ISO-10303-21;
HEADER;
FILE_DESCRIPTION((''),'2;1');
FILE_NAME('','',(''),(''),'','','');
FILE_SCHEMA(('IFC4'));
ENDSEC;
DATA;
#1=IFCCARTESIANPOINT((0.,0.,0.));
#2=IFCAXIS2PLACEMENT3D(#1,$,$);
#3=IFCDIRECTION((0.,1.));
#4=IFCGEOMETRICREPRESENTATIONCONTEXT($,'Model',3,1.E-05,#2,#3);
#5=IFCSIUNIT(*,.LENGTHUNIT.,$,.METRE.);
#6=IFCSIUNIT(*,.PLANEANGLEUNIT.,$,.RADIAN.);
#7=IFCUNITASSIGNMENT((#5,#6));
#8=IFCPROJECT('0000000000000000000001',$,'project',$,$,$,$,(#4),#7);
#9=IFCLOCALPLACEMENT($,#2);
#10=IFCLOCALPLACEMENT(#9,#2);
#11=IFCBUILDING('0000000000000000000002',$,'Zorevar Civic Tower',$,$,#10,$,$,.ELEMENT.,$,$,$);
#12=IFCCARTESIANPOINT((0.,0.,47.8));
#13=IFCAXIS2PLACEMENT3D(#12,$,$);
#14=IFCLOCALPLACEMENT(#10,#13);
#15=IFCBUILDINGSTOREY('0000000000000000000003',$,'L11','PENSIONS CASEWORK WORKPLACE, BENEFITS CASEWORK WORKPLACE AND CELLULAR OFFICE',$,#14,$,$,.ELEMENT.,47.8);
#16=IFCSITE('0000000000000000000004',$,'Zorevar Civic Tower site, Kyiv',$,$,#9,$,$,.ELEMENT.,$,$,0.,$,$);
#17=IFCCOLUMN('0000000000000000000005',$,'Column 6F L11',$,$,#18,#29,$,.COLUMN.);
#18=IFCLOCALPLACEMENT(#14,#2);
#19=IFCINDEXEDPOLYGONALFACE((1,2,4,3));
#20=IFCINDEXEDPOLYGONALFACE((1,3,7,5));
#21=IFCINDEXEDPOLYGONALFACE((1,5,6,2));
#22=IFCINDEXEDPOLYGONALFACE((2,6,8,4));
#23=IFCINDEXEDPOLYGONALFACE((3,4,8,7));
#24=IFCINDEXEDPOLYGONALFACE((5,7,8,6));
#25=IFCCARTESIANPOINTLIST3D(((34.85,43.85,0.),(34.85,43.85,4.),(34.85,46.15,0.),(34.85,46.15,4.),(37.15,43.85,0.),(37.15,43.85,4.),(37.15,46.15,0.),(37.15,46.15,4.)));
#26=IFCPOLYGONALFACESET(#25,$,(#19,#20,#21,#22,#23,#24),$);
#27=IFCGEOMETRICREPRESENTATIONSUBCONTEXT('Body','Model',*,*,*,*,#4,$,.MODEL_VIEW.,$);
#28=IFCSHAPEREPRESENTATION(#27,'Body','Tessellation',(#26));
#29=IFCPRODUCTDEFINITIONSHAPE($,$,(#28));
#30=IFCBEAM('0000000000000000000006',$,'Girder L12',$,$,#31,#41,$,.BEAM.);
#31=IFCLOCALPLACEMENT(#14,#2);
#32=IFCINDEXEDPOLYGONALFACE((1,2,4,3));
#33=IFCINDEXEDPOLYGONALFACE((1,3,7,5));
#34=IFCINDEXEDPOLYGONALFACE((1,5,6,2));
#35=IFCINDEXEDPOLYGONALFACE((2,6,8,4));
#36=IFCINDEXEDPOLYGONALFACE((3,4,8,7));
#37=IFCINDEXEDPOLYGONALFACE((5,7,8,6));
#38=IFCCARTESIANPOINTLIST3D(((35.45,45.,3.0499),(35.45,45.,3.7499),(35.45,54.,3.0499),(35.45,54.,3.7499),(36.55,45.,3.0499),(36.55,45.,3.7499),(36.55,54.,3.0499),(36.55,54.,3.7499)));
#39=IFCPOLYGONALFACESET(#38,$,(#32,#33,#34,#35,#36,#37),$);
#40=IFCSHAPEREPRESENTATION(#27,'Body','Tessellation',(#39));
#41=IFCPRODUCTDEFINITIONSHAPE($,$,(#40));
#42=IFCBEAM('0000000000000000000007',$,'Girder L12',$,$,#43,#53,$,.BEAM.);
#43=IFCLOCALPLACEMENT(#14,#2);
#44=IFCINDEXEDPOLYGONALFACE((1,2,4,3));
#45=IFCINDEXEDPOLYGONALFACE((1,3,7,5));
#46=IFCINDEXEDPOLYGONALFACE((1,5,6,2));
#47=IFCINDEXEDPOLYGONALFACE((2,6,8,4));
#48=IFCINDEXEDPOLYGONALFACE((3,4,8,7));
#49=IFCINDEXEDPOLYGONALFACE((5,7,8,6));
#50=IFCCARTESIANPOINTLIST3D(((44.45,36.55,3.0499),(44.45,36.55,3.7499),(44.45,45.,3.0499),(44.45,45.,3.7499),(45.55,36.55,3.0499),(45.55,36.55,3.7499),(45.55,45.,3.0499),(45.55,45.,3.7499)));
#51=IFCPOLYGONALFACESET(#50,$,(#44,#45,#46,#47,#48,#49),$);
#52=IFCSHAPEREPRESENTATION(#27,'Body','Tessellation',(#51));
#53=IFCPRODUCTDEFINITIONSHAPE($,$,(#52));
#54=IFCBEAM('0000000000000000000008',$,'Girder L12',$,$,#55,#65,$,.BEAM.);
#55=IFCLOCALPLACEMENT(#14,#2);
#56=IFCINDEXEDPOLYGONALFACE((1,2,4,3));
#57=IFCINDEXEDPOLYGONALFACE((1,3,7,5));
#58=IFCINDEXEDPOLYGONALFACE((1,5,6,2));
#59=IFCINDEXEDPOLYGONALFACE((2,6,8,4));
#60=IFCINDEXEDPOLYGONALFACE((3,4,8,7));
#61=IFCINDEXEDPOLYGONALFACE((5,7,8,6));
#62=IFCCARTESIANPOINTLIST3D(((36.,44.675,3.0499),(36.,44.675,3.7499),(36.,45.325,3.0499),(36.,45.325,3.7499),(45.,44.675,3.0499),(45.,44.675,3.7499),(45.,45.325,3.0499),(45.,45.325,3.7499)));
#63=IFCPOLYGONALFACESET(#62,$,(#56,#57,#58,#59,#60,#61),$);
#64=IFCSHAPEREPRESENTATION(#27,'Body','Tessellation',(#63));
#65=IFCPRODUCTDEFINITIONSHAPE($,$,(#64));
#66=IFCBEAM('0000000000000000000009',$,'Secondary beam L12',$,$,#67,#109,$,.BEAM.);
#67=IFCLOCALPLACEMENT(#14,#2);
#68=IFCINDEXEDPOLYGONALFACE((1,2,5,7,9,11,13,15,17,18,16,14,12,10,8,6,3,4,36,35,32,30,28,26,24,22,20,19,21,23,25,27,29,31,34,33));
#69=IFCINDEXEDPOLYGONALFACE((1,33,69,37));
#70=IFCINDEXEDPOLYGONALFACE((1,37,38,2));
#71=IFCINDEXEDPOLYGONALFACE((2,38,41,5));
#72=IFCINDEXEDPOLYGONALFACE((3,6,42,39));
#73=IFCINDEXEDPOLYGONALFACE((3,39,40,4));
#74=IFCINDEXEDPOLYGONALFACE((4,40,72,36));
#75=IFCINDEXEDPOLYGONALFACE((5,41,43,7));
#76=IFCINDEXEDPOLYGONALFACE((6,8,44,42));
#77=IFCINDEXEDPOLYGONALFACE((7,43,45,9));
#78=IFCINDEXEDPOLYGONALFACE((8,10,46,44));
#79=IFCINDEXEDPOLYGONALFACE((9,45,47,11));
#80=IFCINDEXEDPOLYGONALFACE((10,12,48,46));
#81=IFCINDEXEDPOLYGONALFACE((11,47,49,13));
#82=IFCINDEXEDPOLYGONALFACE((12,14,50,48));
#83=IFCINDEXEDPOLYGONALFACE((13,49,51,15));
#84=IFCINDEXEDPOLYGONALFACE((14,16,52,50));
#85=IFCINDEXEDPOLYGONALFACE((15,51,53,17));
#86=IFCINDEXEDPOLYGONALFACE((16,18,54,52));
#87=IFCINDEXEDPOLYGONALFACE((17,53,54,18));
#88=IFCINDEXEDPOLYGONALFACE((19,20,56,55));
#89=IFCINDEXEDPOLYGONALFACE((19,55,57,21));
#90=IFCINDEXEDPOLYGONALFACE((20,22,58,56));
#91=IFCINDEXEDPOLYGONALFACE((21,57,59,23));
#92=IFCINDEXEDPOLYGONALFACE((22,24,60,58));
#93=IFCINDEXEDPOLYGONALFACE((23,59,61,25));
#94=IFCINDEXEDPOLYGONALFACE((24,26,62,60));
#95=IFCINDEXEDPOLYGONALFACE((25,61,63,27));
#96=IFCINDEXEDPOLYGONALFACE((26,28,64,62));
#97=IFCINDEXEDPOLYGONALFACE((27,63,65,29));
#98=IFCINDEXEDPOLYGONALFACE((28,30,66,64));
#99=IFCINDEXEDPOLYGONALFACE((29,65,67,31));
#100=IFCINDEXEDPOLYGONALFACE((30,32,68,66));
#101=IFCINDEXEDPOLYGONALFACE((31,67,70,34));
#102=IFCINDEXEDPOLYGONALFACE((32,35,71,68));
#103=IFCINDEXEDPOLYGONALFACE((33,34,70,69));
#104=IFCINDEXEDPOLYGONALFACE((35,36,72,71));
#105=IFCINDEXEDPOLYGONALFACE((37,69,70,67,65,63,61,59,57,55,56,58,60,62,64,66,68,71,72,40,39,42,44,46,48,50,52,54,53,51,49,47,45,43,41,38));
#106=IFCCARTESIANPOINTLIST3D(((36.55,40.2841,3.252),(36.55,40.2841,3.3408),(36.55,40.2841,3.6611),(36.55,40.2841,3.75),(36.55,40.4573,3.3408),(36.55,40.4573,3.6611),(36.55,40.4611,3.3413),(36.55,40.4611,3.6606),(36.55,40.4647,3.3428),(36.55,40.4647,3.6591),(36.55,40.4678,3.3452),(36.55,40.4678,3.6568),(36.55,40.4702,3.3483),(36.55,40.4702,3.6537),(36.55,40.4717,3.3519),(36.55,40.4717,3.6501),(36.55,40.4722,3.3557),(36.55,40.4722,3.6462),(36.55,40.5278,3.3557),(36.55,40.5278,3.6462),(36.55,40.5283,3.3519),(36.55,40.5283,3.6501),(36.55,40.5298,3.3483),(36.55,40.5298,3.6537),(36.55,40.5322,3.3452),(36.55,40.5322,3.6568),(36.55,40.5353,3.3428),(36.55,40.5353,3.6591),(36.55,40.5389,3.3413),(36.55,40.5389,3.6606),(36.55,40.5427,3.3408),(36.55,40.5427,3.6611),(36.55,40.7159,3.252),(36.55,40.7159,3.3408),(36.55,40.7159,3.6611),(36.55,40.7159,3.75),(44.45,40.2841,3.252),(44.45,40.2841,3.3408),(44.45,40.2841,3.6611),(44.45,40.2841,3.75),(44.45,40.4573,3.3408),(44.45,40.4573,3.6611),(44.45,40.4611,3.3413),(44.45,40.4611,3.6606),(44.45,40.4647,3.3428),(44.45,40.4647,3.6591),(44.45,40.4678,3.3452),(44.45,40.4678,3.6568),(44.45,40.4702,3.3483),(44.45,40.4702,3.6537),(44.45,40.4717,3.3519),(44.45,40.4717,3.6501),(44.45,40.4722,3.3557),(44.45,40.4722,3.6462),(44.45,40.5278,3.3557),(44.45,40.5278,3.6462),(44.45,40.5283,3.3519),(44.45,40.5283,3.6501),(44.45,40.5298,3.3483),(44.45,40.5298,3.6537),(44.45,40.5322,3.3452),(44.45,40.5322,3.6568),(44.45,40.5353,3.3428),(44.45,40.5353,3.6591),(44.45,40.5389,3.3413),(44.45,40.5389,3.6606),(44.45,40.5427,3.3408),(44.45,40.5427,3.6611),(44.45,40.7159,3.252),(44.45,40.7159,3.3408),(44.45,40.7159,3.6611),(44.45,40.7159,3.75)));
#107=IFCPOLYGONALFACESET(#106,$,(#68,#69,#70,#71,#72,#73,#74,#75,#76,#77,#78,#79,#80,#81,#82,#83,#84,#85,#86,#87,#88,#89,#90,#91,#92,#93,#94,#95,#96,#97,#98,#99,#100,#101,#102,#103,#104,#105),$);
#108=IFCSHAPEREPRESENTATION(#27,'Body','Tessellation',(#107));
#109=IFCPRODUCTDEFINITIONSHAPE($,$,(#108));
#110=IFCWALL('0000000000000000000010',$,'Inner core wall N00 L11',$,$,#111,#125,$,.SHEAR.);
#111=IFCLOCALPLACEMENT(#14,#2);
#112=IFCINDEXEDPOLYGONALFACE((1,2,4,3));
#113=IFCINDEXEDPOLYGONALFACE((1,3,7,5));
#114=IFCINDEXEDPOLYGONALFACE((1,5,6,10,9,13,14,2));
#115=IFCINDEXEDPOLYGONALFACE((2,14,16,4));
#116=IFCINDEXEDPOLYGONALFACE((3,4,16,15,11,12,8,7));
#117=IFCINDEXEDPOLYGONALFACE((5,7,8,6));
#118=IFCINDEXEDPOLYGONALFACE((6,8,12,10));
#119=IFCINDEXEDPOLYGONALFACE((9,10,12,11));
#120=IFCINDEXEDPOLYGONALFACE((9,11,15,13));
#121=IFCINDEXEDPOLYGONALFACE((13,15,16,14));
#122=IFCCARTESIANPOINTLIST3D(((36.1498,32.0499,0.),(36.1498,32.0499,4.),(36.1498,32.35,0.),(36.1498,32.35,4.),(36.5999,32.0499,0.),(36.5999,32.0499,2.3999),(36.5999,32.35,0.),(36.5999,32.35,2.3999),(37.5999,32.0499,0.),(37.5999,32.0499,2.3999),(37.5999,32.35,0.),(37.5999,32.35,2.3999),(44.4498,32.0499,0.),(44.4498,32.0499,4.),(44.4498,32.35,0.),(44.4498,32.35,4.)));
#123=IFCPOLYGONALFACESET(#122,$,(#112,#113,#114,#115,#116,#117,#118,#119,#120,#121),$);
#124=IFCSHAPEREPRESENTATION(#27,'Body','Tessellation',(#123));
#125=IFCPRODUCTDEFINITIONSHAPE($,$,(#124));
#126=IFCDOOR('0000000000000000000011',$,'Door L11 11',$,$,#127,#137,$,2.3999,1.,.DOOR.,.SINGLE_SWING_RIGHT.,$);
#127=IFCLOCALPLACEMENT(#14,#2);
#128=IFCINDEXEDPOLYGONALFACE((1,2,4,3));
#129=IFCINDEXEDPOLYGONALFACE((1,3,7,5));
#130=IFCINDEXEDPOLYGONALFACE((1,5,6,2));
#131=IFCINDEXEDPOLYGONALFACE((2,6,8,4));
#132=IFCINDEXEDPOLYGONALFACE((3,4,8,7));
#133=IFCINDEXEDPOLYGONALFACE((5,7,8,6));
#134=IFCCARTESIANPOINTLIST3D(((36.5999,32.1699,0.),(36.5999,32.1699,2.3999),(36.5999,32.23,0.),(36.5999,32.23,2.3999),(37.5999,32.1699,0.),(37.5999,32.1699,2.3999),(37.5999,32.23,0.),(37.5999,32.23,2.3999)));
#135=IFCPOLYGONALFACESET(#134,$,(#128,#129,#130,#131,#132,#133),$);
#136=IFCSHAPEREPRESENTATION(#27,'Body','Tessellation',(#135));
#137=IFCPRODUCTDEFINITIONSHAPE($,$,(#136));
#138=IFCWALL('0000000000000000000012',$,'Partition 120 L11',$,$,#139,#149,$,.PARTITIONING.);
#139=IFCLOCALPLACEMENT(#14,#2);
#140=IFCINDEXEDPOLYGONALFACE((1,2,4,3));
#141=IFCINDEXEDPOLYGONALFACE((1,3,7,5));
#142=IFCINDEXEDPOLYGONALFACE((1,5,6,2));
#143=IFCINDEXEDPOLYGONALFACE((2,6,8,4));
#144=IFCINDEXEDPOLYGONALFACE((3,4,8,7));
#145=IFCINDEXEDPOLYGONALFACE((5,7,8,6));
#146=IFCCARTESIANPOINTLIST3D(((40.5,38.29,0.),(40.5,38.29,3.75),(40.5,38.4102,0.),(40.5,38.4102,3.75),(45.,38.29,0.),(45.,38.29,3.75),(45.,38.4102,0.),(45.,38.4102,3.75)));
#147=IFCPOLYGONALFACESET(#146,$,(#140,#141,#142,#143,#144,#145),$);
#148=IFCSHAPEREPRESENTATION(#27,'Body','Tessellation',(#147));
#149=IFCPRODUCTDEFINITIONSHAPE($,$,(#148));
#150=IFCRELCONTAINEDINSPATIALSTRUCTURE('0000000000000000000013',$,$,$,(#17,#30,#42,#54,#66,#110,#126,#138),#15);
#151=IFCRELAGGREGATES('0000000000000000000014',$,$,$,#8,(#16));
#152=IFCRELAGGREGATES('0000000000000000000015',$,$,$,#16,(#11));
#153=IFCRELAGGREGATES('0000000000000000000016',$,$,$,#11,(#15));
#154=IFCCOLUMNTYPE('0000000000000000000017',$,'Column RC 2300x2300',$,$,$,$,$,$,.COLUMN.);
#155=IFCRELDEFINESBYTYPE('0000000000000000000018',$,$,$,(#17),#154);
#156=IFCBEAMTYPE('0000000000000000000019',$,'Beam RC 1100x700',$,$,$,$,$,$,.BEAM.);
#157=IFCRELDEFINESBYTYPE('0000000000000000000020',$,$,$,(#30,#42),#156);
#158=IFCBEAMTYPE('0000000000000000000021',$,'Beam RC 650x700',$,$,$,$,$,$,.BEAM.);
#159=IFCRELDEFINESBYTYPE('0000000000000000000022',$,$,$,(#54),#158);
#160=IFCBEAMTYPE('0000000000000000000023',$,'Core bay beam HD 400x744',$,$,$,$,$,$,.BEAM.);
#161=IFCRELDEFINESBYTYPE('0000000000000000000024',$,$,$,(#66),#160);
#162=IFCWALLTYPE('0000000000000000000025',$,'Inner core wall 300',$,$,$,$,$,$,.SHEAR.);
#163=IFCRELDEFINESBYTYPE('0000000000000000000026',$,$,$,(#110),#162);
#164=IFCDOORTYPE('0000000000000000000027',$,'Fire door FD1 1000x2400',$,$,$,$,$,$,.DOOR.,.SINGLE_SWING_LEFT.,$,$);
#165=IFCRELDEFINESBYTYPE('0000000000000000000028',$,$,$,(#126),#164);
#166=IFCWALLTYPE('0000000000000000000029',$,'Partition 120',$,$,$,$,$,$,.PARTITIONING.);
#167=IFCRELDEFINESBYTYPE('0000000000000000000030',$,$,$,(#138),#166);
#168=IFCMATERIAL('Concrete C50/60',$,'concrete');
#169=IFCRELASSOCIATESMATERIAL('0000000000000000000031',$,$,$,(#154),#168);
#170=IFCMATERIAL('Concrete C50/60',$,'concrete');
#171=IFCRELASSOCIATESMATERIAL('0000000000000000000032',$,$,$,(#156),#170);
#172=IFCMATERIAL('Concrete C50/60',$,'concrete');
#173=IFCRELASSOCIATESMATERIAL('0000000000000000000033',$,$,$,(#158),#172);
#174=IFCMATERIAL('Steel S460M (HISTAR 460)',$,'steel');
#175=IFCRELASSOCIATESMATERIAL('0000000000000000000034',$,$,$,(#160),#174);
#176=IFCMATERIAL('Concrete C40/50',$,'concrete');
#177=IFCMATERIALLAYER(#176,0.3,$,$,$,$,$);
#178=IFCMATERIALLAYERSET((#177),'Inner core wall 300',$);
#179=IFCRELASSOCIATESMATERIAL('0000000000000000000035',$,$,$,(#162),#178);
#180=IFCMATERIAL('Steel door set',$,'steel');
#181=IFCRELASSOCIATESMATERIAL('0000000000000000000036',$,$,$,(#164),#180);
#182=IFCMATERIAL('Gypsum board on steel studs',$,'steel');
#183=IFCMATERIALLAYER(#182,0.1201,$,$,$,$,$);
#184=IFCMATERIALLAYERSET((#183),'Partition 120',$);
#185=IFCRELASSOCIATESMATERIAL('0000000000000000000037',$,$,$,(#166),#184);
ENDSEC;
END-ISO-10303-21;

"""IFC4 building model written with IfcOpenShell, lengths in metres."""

from ifc_helpers import new_model, si_unit, direction, frame, frame_2d, origin, origin_2d, place, context, subcontext, project, spatial, rectangle, i_section, extrude, material, layer, layer_set, material_profile, profile_set, type_object, element, fill, save


model = new_model("IFC4")

# Units and contexts
model_context = context("Model", 3, precision=1e-05, world=origin(), true_north=direction((0.0, 1.0)))
body_context = subcontext(model_context, "Body", "Model", "MODEL_VIEW")
ifc_project = project(units=[si_unit("LENGTHUNIT", "METRE"), si_unit("PLANEANGLEUNIT", "RADIAN")], contexts=[model_context])

# Site, building, storey
site_placement = place(None, origin())
site = spatial("IfcSite", under=ifc_project, at=site_placement, Name="Zorevar Civic Tower site, Kyiv", CompositionType="ELEMENT", RefElevation=0.0)
building_placement = place(site_placement, origin())
building = spatial("IfcBuilding", under=site, at=building_placement, Name="Zorevar Civic Tower", CompositionType="ELEMENT")
storey_placement = place(building_placement, frame((0.0, 0.0, 47.8)))
storey = spatial("IfcBuildingStorey", under=building, at=storey_placement, Name="L11", Description="PENSIONS CASEWORK WORKPLACE, BENEFITS CASEWORK WORKPLACE AND CELLULAR OFFICE", CompositionType="ELEMENT", Elevation=47.8)

# Column
ifc_material_1 = material(Name="Concrete C50/60", Category="concrete")
ifc_material_profile_1 = material_profile(ifc_material_1, rectangle(XDim=2.3, YDim=2.3, at=origin_2d()), Name="RC 2300x2300")
ifc_profile_set_1 = profile_set([ifc_material_profile_1], Name="Concrete C50/60")
column_type = type_object("IfcColumnType", Name="Column RC 2300x2300", PredefinedType="COLUMN", material=ifc_profile_set_1)
column_placement = place(storey_placement, frame((36.0, 45.0, 0.0), z_axis=(0.0, 0.0, 1.0), x_axis=(1.0, 0.0, 0.0)))
element("IfcColumn", 1, at=column_placement, inside=storey, type_object=column_type, Name="Column 6F L11", PredefinedType="COLUMN", context=body_context, shape_type="SweptSolid", body=[
    extrude(rectangle(XDim=2.3, YDim=2.3, at=origin_2d()), origin(), (0.0, 0.0, 1.0), 4.0),
])

# Beams
ifc_material_2 = material(Name="Concrete C50/60", Category="concrete")
ifc_material_profile_2 = material_profile(ifc_material_2, rectangle(XDim=1.1001, YDim=0.7, at=origin_2d()), Name="RC 1100x700")
ifc_profile_set_2 = profile_set([ifc_material_profile_2], Name="Concrete C50/60")
beam_type_1 = type_object("IfcBeamType", Name="Beam RC 1100x700", PredefinedType="BEAM", material=ifc_profile_set_2)
beam_1_placement = place(storey_placement, frame((36.0, 45.0, 3.3999), z_axis=(0.0, 1.0, 0.0), x_axis=(-1.0, 0.0, 0.0)))
element("IfcBeam", 2, at=beam_1_placement, inside=storey, type_object=beam_type_1, Name="Girder L12", PredefinedType="BEAM", context=body_context, shape_type="SweptSolid", body=[
    extrude(rectangle(XDim=1.1001, YDim=0.7, at=origin_2d()), origin(), (0.0, 0.0, 1.0), 9.0),
])
beam_2_placement = place(storey_placement, frame((45.0, 36.55, 3.3999), z_axis=(0.0, 1.0, 0.0), x_axis=(-1.0, 0.0, 0.0)))
element("IfcBeam", 3, at=beam_2_placement, inside=storey, type_object=beam_type_1, Name="Girder L12", PredefinedType="BEAM", context=body_context, shape_type="SweptSolid", body=[
    extrude(rectangle(XDim=1.1001, YDim=0.7, at=origin_2d()), origin(), (0.0, 0.0, 1.0), 8.45),
])
ifc_material_3 = material(Name="Concrete C50/60", Category="concrete")
ifc_material_profile_3 = material_profile(ifc_material_3, rectangle(XDim=0.6499, YDim=0.7, at=origin_2d()), Name="RC 650x700")
ifc_profile_set_3 = profile_set([ifc_material_profile_3], Name="Concrete C50/60")
beam_type_2 = type_object("IfcBeamType", Name="Beam RC 650x700", PredefinedType="BEAM", material=ifc_profile_set_3)
beam_3_placement = place(storey_placement, frame((36.0, 45.0, 3.3999), z_axis=(1.0, 0.0, 0.0), x_axis=(0.0, 1.0, 0.0)))
element("IfcBeam", 4, at=beam_3_placement, inside=storey, type_object=beam_type_2, Name="Girder L12", PredefinedType="BEAM", context=body_context, shape_type="SweptSolid", body=[
    extrude(rectangle(XDim=0.6499, YDim=0.7, at=origin_2d()), origin(), (0.0, 0.0, 1.0), 9.0),
])
ifc_material_4 = material(Name="Steel S460M (HISTAR 460)", Category="steel")
ifc_material_profile_4 = material_profile(ifc_material_4, i_section(OverallWidth=0.4319, OverallDepth=0.498, WebThickness=0.0557, FlangeThickness=0.0889, FilletRadius=0.0149, at=origin_2d()), Name="HD 400x744")
ifc_profile_set_4 = profile_set([ifc_material_profile_4], Name="Steel S460M (HISTAR 460)")
beam_type_3 = type_object("IfcBeamType", Name="Core bay beam HD 400x744", PredefinedType="BEAM", material=ifc_profile_set_4)
beam_4_placement = place(storey_placement, frame((36.55, 40.5, 3.501), z_axis=(1.0, 0.0, 0.0), x_axis=(0.0, 1.0, 0.0)))
element("IfcBeam", 5, at=beam_4_placement, inside=storey, type_object=beam_type_3, Name="Secondary beam L12", PredefinedType="BEAM", context=body_context, shape_type="SweptSolid", body=[
    extrude(i_section(OverallWidth=0.4319, OverallDepth=0.498, WebThickness=0.0557, FlangeThickness=0.0889, FilletRadius=0.0149, at=origin_2d()), origin(), (0.0, 0.0, 1.0), 7.8999),
])

# Wall, opening, door
ifc_material_5 = material(Name="Concrete C40/50", Category="concrete")
ifc_layer_1 = layer(ifc_material_5, 0.3)
ifc_layer_set_1 = layer_set([ifc_layer_1], Name="Inner core wall 300")
wall_type_1 = type_object("IfcWallType", Name="Inner core wall 300", PredefinedType="SHEAR", material=ifc_layer_set_1)
wall_1_placement = place(storey_placement, frame((36.1499, 32.2, 0.0), z_axis=(0.0, 0.0, 1.0), x_axis=(1.0, 0.0, 0.0)))
wall_1 = element("IfcWall", 6, at=wall_1_placement, inside=storey, type_object=wall_type_1, Name="Inner core wall N00 L11", PredefinedType="SHEAR", context=body_context, shape_type="SweptSolid", body=[
    extrude(rectangle(XDim=8.3, YDim=0.3, at=frame_2d((4.1499, 0.0))), origin(), (0.0, 0.0, 1.0), 4.0),
])
opening_1_placement = place(wall_1_placement, frame((0.45, 0.0, 0.0)))
opening_1 = element("IfcOpeningElement", 7, at=opening_1_placement, cuts=wall_1, PredefinedType="OPENING", context=body_context, shape_type="SweptSolid", body=[
    extrude(rectangle(XDim=1.0, YDim=2.3999, at=frame_2d((0.5, 1.2))), frame((0.0, 0.1599, 0.0), z_axis=(0.0, -1.0, 0.0), x_axis=(1.0, 0.0, 0.0)), (0.0, 0.0, 1.0), 0.3201),
])
ifc_material_6 = material(Name="Steel door set", Category="steel")
door_type_1 = type_object("IfcDoorType", Name="Fire door FD1 1000x2400", OperationType="SINGLE_SWING_LEFT", PredefinedType="DOOR", material=ifc_material_6)
door_1_placement = place(opening_1_placement, origin())
door_1 = element("IfcDoor", 8, at=door_1_placement, inside=storey, type_object=door_type_1, Name="Door L11 11", OperationType="SINGLE_SWING_RIGHT", OverallHeight=2.3999, OverallWidth=1.0, PredefinedType="DOOR", context=body_context, shape_type="SweptSolid", body=[
    extrude(rectangle(XDim=1.0, YDim=2.3999, at=frame_2d((0.5, 1.2))), frame((0.0, 0.03, 0.0), z_axis=(0.0, -1.0, 0.0), x_axis=(1.0, 0.0, 0.0)), (0.0, 0.0, 1.0), 0.0601),
])
fill(opening_1, door_1)

# Wall
ifc_material_7 = material(Name="Gypsum board on steel studs", Category="steel")
ifc_layer_2 = layer(ifc_material_7, 0.1201)
ifc_layer_set_2 = layer_set([ifc_layer_2], Name="Partition 120")
wall_type_2 = type_object("IfcWallType", Name="Partition 120", PredefinedType="PARTITIONING", material=ifc_layer_set_2)
wall_2_placement = place(storey_placement, frame((40.5, 38.3501, 0.0), z_axis=(0.0, 0.0, 1.0), x_axis=(1.0, 0.0, 0.0)))
element("IfcWall", 9, at=wall_2_placement, inside=storey, type_object=wall_type_2, Name="Partition 120 L11", PredefinedType="PARTITIONING", context=body_context, shape_type="SweptSolid", body=[
    extrude(rectangle(XDim=4.5, YDim=0.1201, at=frame_2d((2.25, 0.0))), origin(), (0.0, 0.0, 1.0), 3.75),
])

save(model, "model.ifc")
